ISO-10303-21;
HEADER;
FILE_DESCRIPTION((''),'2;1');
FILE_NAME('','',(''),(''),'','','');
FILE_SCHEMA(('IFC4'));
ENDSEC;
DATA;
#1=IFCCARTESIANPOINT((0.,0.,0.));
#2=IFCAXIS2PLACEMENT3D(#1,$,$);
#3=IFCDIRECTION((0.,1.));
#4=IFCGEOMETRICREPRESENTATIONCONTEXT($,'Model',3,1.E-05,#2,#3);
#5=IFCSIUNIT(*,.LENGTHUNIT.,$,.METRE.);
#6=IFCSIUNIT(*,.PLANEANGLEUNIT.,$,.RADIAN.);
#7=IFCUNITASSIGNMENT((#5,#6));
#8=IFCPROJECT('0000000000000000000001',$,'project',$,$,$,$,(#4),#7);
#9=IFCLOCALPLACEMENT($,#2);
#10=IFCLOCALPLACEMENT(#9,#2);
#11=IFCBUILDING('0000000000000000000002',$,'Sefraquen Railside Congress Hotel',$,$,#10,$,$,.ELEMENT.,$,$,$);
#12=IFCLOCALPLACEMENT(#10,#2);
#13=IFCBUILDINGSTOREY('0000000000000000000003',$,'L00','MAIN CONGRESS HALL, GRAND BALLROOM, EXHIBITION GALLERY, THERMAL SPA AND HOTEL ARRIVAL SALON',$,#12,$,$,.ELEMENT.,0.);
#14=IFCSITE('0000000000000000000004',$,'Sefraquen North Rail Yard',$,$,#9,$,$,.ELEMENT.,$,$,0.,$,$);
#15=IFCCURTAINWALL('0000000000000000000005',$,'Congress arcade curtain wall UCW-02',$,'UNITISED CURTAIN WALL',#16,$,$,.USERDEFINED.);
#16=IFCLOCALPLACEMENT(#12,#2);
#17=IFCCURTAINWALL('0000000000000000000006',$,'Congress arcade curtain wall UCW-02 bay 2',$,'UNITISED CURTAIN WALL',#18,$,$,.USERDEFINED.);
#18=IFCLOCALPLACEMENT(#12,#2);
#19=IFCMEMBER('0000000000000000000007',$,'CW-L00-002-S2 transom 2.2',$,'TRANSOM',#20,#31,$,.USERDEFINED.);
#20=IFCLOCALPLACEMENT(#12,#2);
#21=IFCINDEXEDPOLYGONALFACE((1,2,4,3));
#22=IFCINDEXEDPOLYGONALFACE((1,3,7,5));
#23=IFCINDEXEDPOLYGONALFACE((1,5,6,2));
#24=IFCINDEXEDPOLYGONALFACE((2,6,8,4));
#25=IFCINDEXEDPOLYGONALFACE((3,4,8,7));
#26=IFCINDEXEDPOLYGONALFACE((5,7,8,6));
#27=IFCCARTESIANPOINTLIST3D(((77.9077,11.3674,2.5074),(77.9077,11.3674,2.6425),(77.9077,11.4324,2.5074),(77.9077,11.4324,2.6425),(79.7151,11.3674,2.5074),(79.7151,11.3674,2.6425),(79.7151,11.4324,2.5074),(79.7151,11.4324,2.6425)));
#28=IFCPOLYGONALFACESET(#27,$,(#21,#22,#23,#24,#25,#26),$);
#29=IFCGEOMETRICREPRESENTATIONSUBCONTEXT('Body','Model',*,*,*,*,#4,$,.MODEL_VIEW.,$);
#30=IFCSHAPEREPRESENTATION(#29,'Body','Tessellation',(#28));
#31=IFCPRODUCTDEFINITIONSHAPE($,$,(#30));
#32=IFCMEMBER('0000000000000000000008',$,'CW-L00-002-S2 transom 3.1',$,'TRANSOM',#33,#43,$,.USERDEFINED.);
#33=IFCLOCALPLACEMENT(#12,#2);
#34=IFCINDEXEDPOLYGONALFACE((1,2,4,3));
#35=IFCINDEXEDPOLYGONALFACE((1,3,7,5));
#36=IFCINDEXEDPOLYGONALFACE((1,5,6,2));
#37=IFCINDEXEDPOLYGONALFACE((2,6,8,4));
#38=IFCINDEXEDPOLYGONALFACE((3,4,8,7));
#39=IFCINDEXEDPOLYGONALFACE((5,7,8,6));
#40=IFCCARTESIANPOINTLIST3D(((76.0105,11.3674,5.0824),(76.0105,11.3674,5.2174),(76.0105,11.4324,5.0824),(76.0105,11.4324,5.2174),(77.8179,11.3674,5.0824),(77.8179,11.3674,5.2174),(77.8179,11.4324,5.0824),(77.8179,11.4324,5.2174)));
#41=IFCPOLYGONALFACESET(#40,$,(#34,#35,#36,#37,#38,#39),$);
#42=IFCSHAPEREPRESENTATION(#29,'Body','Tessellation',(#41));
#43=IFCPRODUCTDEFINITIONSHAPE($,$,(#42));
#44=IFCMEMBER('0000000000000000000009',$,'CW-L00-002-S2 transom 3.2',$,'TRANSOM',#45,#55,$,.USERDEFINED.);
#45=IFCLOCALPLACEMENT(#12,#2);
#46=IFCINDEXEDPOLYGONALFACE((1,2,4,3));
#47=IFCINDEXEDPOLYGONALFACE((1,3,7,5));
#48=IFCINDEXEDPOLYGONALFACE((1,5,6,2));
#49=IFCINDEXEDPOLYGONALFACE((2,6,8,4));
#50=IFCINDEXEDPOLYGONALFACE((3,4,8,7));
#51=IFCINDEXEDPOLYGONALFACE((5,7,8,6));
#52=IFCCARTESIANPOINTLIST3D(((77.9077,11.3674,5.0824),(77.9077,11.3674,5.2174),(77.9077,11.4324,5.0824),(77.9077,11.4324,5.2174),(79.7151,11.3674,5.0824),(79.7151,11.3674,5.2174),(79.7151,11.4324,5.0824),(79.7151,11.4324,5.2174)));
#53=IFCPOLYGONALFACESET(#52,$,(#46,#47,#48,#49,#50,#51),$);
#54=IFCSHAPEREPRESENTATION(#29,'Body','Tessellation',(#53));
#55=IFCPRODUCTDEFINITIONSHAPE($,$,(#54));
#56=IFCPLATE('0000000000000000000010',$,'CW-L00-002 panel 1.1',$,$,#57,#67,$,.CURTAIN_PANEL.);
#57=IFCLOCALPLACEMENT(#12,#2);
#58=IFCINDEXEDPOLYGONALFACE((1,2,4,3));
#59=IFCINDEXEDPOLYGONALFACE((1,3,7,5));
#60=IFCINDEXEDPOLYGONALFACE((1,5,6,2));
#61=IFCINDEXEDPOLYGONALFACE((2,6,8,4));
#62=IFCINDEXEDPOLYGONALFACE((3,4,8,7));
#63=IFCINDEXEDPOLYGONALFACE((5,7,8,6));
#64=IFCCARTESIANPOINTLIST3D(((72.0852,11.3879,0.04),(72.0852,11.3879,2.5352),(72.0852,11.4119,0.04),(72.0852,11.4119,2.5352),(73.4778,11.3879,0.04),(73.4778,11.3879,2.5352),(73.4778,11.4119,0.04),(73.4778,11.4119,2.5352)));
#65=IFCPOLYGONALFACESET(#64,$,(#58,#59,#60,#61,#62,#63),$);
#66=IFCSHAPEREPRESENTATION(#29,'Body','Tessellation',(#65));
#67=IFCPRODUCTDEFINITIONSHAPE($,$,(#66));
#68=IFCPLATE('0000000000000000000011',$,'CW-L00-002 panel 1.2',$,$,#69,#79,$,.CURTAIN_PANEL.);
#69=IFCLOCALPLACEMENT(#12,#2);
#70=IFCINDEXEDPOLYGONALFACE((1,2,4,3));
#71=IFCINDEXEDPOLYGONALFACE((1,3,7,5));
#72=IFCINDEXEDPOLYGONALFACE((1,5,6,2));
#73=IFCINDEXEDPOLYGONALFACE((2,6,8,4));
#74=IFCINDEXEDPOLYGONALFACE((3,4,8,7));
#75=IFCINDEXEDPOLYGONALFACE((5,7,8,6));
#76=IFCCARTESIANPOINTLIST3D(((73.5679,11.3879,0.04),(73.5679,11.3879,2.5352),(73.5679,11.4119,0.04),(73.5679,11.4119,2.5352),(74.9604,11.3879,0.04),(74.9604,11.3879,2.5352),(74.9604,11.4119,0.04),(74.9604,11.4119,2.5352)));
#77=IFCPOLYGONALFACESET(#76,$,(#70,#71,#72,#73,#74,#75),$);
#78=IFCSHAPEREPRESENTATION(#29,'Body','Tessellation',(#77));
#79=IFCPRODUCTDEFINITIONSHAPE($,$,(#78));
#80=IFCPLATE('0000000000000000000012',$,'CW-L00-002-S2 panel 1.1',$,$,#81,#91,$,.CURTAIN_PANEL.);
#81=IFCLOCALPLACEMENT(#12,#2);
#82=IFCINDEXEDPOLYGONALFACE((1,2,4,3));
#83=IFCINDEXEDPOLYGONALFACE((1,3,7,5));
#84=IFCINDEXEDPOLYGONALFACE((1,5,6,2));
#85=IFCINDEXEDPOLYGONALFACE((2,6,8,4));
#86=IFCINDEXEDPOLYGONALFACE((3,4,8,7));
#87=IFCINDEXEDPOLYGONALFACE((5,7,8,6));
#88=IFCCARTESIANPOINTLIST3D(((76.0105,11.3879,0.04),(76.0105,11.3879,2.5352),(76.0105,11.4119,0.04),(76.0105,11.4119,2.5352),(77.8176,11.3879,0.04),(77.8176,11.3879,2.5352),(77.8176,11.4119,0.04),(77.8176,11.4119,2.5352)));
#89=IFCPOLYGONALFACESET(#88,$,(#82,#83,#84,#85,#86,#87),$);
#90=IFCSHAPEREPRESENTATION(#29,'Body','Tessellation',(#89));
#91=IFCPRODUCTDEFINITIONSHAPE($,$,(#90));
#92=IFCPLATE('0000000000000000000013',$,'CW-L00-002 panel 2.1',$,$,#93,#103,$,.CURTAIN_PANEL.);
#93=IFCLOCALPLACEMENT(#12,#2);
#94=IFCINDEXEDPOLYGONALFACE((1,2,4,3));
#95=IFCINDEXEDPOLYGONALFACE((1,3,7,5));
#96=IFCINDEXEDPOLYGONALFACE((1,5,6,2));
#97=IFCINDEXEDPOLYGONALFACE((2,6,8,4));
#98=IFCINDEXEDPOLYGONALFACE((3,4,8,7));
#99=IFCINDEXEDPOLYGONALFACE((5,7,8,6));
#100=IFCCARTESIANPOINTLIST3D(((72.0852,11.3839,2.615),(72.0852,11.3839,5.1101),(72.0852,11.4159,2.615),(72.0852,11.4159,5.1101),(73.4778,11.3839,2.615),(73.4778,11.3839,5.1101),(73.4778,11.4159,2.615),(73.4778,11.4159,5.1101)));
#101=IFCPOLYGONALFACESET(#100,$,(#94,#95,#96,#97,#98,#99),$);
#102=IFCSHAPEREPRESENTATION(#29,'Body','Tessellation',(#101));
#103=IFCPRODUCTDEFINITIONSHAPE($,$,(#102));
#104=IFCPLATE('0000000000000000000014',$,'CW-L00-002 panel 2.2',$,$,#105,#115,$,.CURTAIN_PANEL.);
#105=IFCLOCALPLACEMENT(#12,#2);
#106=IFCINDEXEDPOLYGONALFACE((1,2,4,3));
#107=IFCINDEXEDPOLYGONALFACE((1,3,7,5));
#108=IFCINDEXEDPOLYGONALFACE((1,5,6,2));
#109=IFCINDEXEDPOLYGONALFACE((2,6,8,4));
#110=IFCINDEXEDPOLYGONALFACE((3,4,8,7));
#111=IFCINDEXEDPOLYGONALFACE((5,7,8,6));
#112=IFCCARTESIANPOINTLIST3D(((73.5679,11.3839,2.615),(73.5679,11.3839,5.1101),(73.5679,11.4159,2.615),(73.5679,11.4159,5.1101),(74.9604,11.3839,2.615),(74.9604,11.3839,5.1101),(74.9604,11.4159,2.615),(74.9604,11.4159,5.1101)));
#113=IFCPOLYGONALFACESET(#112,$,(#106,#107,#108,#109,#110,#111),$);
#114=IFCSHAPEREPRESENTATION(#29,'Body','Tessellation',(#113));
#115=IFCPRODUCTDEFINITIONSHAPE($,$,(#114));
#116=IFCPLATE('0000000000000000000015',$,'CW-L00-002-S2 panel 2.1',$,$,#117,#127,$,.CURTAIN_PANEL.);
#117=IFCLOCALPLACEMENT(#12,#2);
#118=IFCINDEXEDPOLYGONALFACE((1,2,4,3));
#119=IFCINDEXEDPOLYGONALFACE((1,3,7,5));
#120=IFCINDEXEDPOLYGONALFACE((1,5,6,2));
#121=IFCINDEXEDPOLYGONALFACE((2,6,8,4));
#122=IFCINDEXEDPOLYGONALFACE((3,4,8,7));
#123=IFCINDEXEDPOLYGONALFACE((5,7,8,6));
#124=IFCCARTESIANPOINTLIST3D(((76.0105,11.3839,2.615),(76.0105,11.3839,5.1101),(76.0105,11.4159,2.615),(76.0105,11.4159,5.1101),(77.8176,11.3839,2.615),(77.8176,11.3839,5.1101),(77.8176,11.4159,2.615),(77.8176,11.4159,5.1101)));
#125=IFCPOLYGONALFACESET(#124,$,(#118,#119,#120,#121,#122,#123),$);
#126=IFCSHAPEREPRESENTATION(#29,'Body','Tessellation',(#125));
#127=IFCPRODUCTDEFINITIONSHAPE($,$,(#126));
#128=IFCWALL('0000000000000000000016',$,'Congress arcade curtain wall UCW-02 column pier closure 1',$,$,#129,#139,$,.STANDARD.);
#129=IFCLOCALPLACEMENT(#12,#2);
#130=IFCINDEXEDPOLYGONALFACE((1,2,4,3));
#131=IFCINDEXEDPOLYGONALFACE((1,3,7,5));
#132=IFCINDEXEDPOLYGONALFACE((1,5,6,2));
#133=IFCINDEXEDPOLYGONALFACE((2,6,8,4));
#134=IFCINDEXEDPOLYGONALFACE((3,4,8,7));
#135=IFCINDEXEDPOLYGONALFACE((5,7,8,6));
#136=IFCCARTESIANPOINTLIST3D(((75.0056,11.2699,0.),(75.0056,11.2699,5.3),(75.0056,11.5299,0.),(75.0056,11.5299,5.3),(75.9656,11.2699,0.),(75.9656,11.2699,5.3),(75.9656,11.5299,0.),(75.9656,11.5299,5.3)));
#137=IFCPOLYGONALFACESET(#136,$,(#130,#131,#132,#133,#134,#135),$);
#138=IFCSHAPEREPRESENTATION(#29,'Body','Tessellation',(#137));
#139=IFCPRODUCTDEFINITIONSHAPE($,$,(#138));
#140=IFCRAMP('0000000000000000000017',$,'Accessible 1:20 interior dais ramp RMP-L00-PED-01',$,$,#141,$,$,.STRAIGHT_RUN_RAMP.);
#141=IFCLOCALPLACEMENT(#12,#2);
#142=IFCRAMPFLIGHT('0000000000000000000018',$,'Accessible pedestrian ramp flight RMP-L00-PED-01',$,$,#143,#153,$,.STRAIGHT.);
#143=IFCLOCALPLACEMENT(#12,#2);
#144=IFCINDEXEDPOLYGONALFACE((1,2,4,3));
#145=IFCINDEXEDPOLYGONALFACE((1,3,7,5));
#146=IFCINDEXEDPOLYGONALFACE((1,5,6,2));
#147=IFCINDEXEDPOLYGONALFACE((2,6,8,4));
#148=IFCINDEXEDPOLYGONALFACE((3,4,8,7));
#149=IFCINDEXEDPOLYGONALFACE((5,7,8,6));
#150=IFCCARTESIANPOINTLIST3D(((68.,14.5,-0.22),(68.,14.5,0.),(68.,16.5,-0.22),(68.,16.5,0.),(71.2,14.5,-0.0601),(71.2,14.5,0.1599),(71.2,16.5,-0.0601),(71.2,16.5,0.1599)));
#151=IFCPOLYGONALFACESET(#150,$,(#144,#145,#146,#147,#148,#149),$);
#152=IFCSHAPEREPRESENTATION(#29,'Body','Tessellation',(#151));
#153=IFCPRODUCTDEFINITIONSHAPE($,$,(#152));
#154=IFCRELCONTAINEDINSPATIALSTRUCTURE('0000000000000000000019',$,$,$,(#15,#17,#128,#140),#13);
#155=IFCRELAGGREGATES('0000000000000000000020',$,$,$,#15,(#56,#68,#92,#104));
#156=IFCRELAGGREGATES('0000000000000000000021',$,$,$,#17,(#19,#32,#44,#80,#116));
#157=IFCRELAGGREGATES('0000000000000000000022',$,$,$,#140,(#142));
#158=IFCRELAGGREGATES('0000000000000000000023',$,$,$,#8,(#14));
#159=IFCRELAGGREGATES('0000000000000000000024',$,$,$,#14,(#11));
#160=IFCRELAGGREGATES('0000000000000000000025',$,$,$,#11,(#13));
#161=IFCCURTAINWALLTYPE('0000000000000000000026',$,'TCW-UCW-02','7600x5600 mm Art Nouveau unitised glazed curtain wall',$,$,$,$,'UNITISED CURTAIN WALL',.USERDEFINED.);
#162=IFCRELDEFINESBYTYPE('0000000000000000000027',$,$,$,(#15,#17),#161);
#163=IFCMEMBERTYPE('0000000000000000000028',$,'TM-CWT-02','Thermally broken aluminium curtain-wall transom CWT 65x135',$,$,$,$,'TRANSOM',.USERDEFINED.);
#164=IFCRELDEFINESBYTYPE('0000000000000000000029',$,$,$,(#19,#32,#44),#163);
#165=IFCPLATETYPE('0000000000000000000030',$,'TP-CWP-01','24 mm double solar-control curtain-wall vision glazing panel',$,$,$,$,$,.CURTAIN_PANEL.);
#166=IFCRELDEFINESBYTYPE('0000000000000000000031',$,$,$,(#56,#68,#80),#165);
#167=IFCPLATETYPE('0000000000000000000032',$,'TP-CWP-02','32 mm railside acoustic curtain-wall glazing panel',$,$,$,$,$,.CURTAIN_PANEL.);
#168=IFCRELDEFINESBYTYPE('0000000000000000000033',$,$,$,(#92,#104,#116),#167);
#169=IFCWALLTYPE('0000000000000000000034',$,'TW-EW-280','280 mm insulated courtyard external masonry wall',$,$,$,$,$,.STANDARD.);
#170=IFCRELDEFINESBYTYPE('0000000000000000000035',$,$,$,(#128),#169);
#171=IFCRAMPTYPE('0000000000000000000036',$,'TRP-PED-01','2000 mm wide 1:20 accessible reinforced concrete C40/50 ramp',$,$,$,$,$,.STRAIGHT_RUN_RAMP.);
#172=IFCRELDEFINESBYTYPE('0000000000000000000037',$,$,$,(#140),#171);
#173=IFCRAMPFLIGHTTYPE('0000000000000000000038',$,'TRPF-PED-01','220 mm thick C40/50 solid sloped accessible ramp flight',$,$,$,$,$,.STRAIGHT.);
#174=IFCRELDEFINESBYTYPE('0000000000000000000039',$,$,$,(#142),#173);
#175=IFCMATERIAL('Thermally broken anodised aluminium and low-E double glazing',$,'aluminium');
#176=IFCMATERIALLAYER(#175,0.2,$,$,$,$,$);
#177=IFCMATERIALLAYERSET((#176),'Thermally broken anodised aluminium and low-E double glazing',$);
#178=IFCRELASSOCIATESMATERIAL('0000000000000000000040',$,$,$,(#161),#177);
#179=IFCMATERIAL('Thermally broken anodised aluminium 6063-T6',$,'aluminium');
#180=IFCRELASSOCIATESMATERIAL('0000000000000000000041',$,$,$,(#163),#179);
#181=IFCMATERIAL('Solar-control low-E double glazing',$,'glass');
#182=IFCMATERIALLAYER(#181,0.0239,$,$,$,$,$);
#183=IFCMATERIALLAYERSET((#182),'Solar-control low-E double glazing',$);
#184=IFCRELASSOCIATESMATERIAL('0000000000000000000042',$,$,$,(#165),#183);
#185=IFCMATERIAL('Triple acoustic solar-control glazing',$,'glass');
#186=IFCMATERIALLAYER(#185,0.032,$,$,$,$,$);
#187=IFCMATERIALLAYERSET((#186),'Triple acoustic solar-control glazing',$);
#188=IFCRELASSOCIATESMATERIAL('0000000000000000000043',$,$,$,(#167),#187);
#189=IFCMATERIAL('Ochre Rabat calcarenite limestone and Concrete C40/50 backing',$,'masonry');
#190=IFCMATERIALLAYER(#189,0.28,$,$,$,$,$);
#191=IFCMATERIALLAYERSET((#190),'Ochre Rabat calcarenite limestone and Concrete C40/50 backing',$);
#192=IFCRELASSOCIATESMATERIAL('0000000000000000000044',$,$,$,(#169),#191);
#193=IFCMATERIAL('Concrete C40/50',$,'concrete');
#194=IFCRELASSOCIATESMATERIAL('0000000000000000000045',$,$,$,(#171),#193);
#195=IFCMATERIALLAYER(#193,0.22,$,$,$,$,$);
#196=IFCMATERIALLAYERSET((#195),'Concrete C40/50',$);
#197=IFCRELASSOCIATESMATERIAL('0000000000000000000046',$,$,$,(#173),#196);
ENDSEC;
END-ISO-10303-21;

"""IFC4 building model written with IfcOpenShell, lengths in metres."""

from ifc_helpers import new_model, si_unit, direction, frame, frame_2d, origin, origin_2d, place, context, subcontext, project, spatial, polyline, rectangle, outline, extrude, material, layer, layer_set, material_profile, profile_set, type_object, element, aggregate, save


model = new_model("IFC4")

# Units and contexts
model_context = context("Model", 3, precision=1e-05, world=origin(), true_north=direction((0.0, 1.0)))
body_context = subcontext(model_context, "Body", "Model", "MODEL_VIEW")
ifc_project = project(units=[si_unit("LENGTHUNIT", "METRE"), si_unit("PLANEANGLEUNIT", "RADIAN")], contexts=[model_context])

# Site, building, storey
site_placement = place(None, origin())
site = spatial("IfcSite", under=ifc_project, at=site_placement, Name="Sefraquen North Rail Yard", CompositionType="ELEMENT", RefElevation=0.0)
building_placement = place(site_placement, origin())
building = spatial("IfcBuilding", under=site, at=building_placement, Name="Sefraquen Railside Congress Hotel", CompositionType="ELEMENT")
storey_placement = place(building_placement, origin())
storey = spatial("IfcBuildingStorey", under=building, at=storey_placement, Name="L00", Description="MAIN CONGRESS HALL, GRAND BALLROOM, EXHIBITION GALLERY, THERMAL SPA AND HOTEL ARRIVAL SALON", CompositionType="ELEMENT", Elevation=0.0)

# Curtain walls
ifc_material_1 = material(Name="Thermally broken anodised aluminium and low-E double glazing", Category="aluminium")
ifc_layer_1 = layer(ifc_material_1, 0.2)
ifc_layer_set_1 = layer_set([ifc_layer_1], Name="Thermally broken anodised aluminium and low-E double glazing")
curtain_wall_type = type_object("IfcCurtainWallType", Name="TCW-UCW-02", Description="7600x5600 mm Art Nouveau unitised glazed curtain wall", ElementType="UNITISED CURTAIN WALL", PredefinedType="USERDEFINED", material=ifc_layer_set_1)
curtain_wall_1_placement = place(storey_placement, origin())
curtain_wall_1 = element("IfcCurtainWall", 1, at=curtain_wall_1_placement, inside=storey, type_object=curtain_wall_type, Name="Congress arcade curtain wall UCW-02", ObjectType="UNITISED CURTAIN WALL", PredefinedType="USERDEFINED")
ifc_material_2 = material(Name="Thermally broken anodised aluminium 6063-T6", Category="aluminium")
curtain_wall_2_placement = place(storey_placement, origin())
curtain_wall_2 = element("IfcCurtainWall", 2, at=curtain_wall_2_placement, inside=storey, type_object=curtain_wall_type, Name="Congress arcade curtain wall UCW-02 bay 2", ObjectType="UNITISED CURTAIN WALL", PredefinedType="USERDEFINED")

# Members
ifc_material_profile_1 = material_profile(ifc_material_2, rectangle(XDim=0.0649, YDim=0.135, at=origin_2d()), Name="CWT 65x135")
ifc_profile_set_1 = profile_set([ifc_material_profile_1], Name="Thermally broken anodised aluminium 6063-T6")
member_type_1 = type_object("IfcMemberType", Name="TM-CWT-02", Description="Thermally broken aluminium curtain-wall transom CWT 65x135", ElementType="TRANSOM", PredefinedType="USERDEFINED", material=ifc_profile_set_1)
member_1_placement = place(storey_placement, frame((77.9077, 11.3999, 2.575), z_axis=(1.0, 0.0, 0.0), x_axis=(0.0, 1.0, 0.0)))
member_1 = element("IfcMember", 3, at=member_1_placement, type_object=member_type_1, Name="CW-L00-002-S2 transom 2.2", ObjectType="TRANSOM", PredefinedType="USERDEFINED", context=body_context, shape_type="SweptSolid", body=[
    extrude(rectangle(XDim=0.0649, YDim=0.135, at=origin_2d()), origin(), (0.0, 0.0, 1.0), 1.8074),
])
member_2_placement = place(storey_placement, frame((76.0105, 11.3999, 5.1499), z_axis=(1.0, 0.0, 0.0), x_axis=(0.0, 1.0, 0.0)))
member_2 = element("IfcMember", 4, at=member_2_placement, type_object=member_type_1, Name="CW-L00-002-S2 transom 3.1", ObjectType="TRANSOM", PredefinedType="USERDEFINED", context=body_context, shape_type="SweptSolid", body=[
    extrude(rectangle(XDim=0.0649, YDim=0.135, at=origin_2d()), origin(), (0.0, 0.0, 1.0), 1.8074),
])
member_3_placement = place(storey_placement, frame((77.9077, 11.3999, 5.1499), z_axis=(1.0, 0.0, 0.0), x_axis=(0.0, 1.0, 0.0)))
member_3 = element("IfcMember", 5, at=member_3_placement, type_object=member_type_1, Name="CW-L00-002-S2 transom 3.2", ObjectType="TRANSOM", PredefinedType="USERDEFINED", context=body_context, shape_type="SweptSolid", body=[
    extrude(rectangle(XDim=0.0649, YDim=0.135, at=origin_2d()), origin(), (0.0, 0.0, 1.0), 1.8074),
])

# Plates
ifc_material_3 = material(Name="Solar-control low-E double glazing", Category="glass")
ifc_layer_2 = layer(ifc_material_3, 0.0239)
ifc_layer_set_2 = layer_set([ifc_layer_2], Name="Solar-control low-E double glazing")
plate_type_1 = type_object("IfcPlateType", Name="TP-CWP-01", Description="24 mm double solar-control curtain-wall vision glazing panel", PredefinedType="CURTAIN_PANEL", material=ifc_layer_set_2)
plate_1_placement = place(storey_placement, frame((72.7815, 11.3999, 0.04), z_axis=(0.0, 0.0, 1.0), x_axis=(1.0, 0.0, 0.0)))
plate_1 = element("IfcPlate", 6, at=plate_1_placement, type_object=plate_type_1, Name="CW-L00-002 panel 1.1", PredefinedType="CURTAIN_PANEL", context=body_context, shape_type="SweptSolid", body=[
    extrude(rectangle(XDim=1.3926, YDim=0.0239, at=origin_2d()), origin(), (0.0, 0.0, 1.0), 2.4951),
])
plate_2_placement = place(storey_placement, frame((74.2642, 11.3999, 0.04), z_axis=(0.0, 0.0, 1.0), x_axis=(1.0, 0.0, 0.0)))
plate_2 = element("IfcPlate", 7, at=plate_2_placement, type_object=plate_type_1, Name="CW-L00-002 panel 1.2", PredefinedType="CURTAIN_PANEL", context=body_context, shape_type="SweptSolid", body=[
    extrude(rectangle(XDim=1.3926, YDim=0.0239, at=origin_2d()), origin(), (0.0, 0.0, 1.0), 2.4951),
])
plate_3_placement = place(storey_placement, frame((76.9141, 11.3999, 0.04), z_axis=(0.0, 0.0, 1.0), x_axis=(1.0, 0.0, 0.0)))
plate_3 = element("IfcPlate", 8, at=plate_3_placement, type_object=plate_type_1, Name="CW-L00-002-S2 panel 1.1", PredefinedType="CURTAIN_PANEL", context=body_context, shape_type="SweptSolid", body=[
    extrude(rectangle(XDim=1.8071, YDim=0.0239, at=origin_2d()), origin(), (0.0, 0.0, 1.0), 2.4951),
])
ifc_material_4 = material(Name="Triple acoustic solar-control glazing", Category="glass")
ifc_layer_3 = layer(ifc_material_4, 0.032)
ifc_layer_set_3 = layer_set([ifc_layer_3], Name="Triple acoustic solar-control glazing")
plate_type_2 = type_object("IfcPlateType", Name="TP-CWP-02", Description="32 mm railside acoustic curtain-wall glazing panel", PredefinedType="CURTAIN_PANEL", material=ifc_layer_set_3)
plate_4_placement = place(storey_placement, frame((72.7815, 11.3999, 2.615), z_axis=(0.0, 0.0, 1.0), x_axis=(1.0, 0.0, 0.0)))
plate_4 = element("IfcPlate", 9, at=plate_4_placement, type_object=plate_type_2, Name="CW-L00-002 panel 2.1", PredefinedType="CURTAIN_PANEL", context=body_context, shape_type="SweptSolid", body=[
    extrude(rectangle(XDim=1.3926, YDim=0.032, at=origin_2d()), origin(), (0.0, 0.0, 1.0), 2.4951),
])
plate_5_placement = place(storey_placement, frame((74.2642, 11.3999, 2.615), z_axis=(0.0, 0.0, 1.0), x_axis=(1.0, 0.0, 0.0)))
plate_5 = element("IfcPlate", 10, at=plate_5_placement, type_object=plate_type_2, Name="CW-L00-002 panel 2.2", PredefinedType="CURTAIN_PANEL", context=body_context, shape_type="SweptSolid", body=[
    extrude(rectangle(XDim=1.3926, YDim=0.032, at=origin_2d()), origin(), (0.0, 0.0, 1.0), 2.4951),
])
aggregate(curtain_wall_1, [plate_1, plate_2, plate_4, plate_5])
plate_6_placement = place(storey_placement, frame((76.9141, 11.3999, 2.615), z_axis=(0.0, 0.0, 1.0), x_axis=(1.0, 0.0, 0.0)))
plate_6 = element("IfcPlate", 11, at=plate_6_placement, type_object=plate_type_2, Name="CW-L00-002-S2 panel 2.1", PredefinedType="CURTAIN_PANEL", context=body_context, shape_type="SweptSolid", body=[
    extrude(rectangle(XDim=1.8071, YDim=0.032, at=origin_2d()), origin(), (0.0, 0.0, 1.0), 2.4951),
])
aggregate(curtain_wall_2, [member_1, member_2, member_3, plate_3, plate_6])

# Wall
ifc_material_5 = material(Name="Ochre Rabat calcarenite limestone and Concrete C40/50 backing", Category="masonry")
ifc_layer_4 = layer(ifc_material_5, 0.28)
ifc_layer_set_4 = layer_set([ifc_layer_4], Name="Ochre Rabat calcarenite limestone and Concrete C40/50 backing")
wall_type = type_object("IfcWallType", Name="TW-EW-280", Description="280 mm insulated courtyard external masonry wall", PredefinedType="STANDARD", material=ifc_layer_set_4)
wall_placement = place(storey_placement, frame((75.0056, 11.3999, 0.0), z_axis=(0.0, 0.0, 1.0), x_axis=(1.0, 0.0, 0.0)))
element("IfcWall", 12, at=wall_placement, inside=storey, type_object=wall_type, Name="Congress arcade curtain wall UCW-02 column pier closure 1", PredefinedType="STANDARD", context=body_context, shape_type="SweptSolid", body=[
    extrude(rectangle(XDim=0.96, YDim=0.26, at=frame_2d((0.48, 0.0))), origin(), (0.0, 0.0, 1.0), 5.3),
])

# Ramp, ramp flight
ifc_material_6 = material(Name="Concrete C40/50", Category="concrete")
ramp_type = type_object("IfcRampType", Name="TRP-PED-01", Description="2000 mm wide 1:20 accessible reinforced concrete C40/50 ramp", PredefinedType="STRAIGHT_RUN_RAMP", material=ifc_material_6)
ramp_placement = place(storey_placement, origin())
ramp = element("IfcRamp", 13, at=ramp_placement, inside=storey, type_object=ramp_type, Name="Accessible 1:20 interior dais ramp RMP-L00-PED-01", PredefinedType="STRAIGHT_RUN_RAMP")
ifc_layer_5 = layer(ifc_material_6, 0.22)
ifc_layer_set_5 = layer_set([ifc_layer_5], Name="Concrete C40/50")
ramp_flight_type = type_object("IfcRampFlightType", Name="TRPF-PED-01", Description="220 mm thick C40/50 solid sloped accessible ramp flight", PredefinedType="STRAIGHT", material=ifc_layer_set_5)
ramp_flight_placement = place(storey_placement, frame((68.0, 15.5, 0.0), z_axis=(0.0, 0.0, 1.0), x_axis=(1.0, 0.0, 0.0)))
ramp_flight = element("IfcRampFlight", 14, at=ramp_flight_placement, type_object=ramp_flight_type, Name="Accessible pedestrian ramp flight RMP-L00-PED-01", PredefinedType="STRAIGHT", context=body_context, shape_type="SweptSolid", body=[
    extrude(outline(polyline([(0.0, 0.0), (0.0, -0.22), (3.2, -0.0601), (3.2, 0.1599), (0.0, 0.0)])), frame((0.0, 1.0, 0.0), z_axis=(0.0, -1.0, 0.0), x_axis=(1.0, 0.0, 0.0)), (0.0, 0.0, 1.0), 2.0),
])
aggregate(ramp, [ramp_flight])

save(model, "model.ifc")
